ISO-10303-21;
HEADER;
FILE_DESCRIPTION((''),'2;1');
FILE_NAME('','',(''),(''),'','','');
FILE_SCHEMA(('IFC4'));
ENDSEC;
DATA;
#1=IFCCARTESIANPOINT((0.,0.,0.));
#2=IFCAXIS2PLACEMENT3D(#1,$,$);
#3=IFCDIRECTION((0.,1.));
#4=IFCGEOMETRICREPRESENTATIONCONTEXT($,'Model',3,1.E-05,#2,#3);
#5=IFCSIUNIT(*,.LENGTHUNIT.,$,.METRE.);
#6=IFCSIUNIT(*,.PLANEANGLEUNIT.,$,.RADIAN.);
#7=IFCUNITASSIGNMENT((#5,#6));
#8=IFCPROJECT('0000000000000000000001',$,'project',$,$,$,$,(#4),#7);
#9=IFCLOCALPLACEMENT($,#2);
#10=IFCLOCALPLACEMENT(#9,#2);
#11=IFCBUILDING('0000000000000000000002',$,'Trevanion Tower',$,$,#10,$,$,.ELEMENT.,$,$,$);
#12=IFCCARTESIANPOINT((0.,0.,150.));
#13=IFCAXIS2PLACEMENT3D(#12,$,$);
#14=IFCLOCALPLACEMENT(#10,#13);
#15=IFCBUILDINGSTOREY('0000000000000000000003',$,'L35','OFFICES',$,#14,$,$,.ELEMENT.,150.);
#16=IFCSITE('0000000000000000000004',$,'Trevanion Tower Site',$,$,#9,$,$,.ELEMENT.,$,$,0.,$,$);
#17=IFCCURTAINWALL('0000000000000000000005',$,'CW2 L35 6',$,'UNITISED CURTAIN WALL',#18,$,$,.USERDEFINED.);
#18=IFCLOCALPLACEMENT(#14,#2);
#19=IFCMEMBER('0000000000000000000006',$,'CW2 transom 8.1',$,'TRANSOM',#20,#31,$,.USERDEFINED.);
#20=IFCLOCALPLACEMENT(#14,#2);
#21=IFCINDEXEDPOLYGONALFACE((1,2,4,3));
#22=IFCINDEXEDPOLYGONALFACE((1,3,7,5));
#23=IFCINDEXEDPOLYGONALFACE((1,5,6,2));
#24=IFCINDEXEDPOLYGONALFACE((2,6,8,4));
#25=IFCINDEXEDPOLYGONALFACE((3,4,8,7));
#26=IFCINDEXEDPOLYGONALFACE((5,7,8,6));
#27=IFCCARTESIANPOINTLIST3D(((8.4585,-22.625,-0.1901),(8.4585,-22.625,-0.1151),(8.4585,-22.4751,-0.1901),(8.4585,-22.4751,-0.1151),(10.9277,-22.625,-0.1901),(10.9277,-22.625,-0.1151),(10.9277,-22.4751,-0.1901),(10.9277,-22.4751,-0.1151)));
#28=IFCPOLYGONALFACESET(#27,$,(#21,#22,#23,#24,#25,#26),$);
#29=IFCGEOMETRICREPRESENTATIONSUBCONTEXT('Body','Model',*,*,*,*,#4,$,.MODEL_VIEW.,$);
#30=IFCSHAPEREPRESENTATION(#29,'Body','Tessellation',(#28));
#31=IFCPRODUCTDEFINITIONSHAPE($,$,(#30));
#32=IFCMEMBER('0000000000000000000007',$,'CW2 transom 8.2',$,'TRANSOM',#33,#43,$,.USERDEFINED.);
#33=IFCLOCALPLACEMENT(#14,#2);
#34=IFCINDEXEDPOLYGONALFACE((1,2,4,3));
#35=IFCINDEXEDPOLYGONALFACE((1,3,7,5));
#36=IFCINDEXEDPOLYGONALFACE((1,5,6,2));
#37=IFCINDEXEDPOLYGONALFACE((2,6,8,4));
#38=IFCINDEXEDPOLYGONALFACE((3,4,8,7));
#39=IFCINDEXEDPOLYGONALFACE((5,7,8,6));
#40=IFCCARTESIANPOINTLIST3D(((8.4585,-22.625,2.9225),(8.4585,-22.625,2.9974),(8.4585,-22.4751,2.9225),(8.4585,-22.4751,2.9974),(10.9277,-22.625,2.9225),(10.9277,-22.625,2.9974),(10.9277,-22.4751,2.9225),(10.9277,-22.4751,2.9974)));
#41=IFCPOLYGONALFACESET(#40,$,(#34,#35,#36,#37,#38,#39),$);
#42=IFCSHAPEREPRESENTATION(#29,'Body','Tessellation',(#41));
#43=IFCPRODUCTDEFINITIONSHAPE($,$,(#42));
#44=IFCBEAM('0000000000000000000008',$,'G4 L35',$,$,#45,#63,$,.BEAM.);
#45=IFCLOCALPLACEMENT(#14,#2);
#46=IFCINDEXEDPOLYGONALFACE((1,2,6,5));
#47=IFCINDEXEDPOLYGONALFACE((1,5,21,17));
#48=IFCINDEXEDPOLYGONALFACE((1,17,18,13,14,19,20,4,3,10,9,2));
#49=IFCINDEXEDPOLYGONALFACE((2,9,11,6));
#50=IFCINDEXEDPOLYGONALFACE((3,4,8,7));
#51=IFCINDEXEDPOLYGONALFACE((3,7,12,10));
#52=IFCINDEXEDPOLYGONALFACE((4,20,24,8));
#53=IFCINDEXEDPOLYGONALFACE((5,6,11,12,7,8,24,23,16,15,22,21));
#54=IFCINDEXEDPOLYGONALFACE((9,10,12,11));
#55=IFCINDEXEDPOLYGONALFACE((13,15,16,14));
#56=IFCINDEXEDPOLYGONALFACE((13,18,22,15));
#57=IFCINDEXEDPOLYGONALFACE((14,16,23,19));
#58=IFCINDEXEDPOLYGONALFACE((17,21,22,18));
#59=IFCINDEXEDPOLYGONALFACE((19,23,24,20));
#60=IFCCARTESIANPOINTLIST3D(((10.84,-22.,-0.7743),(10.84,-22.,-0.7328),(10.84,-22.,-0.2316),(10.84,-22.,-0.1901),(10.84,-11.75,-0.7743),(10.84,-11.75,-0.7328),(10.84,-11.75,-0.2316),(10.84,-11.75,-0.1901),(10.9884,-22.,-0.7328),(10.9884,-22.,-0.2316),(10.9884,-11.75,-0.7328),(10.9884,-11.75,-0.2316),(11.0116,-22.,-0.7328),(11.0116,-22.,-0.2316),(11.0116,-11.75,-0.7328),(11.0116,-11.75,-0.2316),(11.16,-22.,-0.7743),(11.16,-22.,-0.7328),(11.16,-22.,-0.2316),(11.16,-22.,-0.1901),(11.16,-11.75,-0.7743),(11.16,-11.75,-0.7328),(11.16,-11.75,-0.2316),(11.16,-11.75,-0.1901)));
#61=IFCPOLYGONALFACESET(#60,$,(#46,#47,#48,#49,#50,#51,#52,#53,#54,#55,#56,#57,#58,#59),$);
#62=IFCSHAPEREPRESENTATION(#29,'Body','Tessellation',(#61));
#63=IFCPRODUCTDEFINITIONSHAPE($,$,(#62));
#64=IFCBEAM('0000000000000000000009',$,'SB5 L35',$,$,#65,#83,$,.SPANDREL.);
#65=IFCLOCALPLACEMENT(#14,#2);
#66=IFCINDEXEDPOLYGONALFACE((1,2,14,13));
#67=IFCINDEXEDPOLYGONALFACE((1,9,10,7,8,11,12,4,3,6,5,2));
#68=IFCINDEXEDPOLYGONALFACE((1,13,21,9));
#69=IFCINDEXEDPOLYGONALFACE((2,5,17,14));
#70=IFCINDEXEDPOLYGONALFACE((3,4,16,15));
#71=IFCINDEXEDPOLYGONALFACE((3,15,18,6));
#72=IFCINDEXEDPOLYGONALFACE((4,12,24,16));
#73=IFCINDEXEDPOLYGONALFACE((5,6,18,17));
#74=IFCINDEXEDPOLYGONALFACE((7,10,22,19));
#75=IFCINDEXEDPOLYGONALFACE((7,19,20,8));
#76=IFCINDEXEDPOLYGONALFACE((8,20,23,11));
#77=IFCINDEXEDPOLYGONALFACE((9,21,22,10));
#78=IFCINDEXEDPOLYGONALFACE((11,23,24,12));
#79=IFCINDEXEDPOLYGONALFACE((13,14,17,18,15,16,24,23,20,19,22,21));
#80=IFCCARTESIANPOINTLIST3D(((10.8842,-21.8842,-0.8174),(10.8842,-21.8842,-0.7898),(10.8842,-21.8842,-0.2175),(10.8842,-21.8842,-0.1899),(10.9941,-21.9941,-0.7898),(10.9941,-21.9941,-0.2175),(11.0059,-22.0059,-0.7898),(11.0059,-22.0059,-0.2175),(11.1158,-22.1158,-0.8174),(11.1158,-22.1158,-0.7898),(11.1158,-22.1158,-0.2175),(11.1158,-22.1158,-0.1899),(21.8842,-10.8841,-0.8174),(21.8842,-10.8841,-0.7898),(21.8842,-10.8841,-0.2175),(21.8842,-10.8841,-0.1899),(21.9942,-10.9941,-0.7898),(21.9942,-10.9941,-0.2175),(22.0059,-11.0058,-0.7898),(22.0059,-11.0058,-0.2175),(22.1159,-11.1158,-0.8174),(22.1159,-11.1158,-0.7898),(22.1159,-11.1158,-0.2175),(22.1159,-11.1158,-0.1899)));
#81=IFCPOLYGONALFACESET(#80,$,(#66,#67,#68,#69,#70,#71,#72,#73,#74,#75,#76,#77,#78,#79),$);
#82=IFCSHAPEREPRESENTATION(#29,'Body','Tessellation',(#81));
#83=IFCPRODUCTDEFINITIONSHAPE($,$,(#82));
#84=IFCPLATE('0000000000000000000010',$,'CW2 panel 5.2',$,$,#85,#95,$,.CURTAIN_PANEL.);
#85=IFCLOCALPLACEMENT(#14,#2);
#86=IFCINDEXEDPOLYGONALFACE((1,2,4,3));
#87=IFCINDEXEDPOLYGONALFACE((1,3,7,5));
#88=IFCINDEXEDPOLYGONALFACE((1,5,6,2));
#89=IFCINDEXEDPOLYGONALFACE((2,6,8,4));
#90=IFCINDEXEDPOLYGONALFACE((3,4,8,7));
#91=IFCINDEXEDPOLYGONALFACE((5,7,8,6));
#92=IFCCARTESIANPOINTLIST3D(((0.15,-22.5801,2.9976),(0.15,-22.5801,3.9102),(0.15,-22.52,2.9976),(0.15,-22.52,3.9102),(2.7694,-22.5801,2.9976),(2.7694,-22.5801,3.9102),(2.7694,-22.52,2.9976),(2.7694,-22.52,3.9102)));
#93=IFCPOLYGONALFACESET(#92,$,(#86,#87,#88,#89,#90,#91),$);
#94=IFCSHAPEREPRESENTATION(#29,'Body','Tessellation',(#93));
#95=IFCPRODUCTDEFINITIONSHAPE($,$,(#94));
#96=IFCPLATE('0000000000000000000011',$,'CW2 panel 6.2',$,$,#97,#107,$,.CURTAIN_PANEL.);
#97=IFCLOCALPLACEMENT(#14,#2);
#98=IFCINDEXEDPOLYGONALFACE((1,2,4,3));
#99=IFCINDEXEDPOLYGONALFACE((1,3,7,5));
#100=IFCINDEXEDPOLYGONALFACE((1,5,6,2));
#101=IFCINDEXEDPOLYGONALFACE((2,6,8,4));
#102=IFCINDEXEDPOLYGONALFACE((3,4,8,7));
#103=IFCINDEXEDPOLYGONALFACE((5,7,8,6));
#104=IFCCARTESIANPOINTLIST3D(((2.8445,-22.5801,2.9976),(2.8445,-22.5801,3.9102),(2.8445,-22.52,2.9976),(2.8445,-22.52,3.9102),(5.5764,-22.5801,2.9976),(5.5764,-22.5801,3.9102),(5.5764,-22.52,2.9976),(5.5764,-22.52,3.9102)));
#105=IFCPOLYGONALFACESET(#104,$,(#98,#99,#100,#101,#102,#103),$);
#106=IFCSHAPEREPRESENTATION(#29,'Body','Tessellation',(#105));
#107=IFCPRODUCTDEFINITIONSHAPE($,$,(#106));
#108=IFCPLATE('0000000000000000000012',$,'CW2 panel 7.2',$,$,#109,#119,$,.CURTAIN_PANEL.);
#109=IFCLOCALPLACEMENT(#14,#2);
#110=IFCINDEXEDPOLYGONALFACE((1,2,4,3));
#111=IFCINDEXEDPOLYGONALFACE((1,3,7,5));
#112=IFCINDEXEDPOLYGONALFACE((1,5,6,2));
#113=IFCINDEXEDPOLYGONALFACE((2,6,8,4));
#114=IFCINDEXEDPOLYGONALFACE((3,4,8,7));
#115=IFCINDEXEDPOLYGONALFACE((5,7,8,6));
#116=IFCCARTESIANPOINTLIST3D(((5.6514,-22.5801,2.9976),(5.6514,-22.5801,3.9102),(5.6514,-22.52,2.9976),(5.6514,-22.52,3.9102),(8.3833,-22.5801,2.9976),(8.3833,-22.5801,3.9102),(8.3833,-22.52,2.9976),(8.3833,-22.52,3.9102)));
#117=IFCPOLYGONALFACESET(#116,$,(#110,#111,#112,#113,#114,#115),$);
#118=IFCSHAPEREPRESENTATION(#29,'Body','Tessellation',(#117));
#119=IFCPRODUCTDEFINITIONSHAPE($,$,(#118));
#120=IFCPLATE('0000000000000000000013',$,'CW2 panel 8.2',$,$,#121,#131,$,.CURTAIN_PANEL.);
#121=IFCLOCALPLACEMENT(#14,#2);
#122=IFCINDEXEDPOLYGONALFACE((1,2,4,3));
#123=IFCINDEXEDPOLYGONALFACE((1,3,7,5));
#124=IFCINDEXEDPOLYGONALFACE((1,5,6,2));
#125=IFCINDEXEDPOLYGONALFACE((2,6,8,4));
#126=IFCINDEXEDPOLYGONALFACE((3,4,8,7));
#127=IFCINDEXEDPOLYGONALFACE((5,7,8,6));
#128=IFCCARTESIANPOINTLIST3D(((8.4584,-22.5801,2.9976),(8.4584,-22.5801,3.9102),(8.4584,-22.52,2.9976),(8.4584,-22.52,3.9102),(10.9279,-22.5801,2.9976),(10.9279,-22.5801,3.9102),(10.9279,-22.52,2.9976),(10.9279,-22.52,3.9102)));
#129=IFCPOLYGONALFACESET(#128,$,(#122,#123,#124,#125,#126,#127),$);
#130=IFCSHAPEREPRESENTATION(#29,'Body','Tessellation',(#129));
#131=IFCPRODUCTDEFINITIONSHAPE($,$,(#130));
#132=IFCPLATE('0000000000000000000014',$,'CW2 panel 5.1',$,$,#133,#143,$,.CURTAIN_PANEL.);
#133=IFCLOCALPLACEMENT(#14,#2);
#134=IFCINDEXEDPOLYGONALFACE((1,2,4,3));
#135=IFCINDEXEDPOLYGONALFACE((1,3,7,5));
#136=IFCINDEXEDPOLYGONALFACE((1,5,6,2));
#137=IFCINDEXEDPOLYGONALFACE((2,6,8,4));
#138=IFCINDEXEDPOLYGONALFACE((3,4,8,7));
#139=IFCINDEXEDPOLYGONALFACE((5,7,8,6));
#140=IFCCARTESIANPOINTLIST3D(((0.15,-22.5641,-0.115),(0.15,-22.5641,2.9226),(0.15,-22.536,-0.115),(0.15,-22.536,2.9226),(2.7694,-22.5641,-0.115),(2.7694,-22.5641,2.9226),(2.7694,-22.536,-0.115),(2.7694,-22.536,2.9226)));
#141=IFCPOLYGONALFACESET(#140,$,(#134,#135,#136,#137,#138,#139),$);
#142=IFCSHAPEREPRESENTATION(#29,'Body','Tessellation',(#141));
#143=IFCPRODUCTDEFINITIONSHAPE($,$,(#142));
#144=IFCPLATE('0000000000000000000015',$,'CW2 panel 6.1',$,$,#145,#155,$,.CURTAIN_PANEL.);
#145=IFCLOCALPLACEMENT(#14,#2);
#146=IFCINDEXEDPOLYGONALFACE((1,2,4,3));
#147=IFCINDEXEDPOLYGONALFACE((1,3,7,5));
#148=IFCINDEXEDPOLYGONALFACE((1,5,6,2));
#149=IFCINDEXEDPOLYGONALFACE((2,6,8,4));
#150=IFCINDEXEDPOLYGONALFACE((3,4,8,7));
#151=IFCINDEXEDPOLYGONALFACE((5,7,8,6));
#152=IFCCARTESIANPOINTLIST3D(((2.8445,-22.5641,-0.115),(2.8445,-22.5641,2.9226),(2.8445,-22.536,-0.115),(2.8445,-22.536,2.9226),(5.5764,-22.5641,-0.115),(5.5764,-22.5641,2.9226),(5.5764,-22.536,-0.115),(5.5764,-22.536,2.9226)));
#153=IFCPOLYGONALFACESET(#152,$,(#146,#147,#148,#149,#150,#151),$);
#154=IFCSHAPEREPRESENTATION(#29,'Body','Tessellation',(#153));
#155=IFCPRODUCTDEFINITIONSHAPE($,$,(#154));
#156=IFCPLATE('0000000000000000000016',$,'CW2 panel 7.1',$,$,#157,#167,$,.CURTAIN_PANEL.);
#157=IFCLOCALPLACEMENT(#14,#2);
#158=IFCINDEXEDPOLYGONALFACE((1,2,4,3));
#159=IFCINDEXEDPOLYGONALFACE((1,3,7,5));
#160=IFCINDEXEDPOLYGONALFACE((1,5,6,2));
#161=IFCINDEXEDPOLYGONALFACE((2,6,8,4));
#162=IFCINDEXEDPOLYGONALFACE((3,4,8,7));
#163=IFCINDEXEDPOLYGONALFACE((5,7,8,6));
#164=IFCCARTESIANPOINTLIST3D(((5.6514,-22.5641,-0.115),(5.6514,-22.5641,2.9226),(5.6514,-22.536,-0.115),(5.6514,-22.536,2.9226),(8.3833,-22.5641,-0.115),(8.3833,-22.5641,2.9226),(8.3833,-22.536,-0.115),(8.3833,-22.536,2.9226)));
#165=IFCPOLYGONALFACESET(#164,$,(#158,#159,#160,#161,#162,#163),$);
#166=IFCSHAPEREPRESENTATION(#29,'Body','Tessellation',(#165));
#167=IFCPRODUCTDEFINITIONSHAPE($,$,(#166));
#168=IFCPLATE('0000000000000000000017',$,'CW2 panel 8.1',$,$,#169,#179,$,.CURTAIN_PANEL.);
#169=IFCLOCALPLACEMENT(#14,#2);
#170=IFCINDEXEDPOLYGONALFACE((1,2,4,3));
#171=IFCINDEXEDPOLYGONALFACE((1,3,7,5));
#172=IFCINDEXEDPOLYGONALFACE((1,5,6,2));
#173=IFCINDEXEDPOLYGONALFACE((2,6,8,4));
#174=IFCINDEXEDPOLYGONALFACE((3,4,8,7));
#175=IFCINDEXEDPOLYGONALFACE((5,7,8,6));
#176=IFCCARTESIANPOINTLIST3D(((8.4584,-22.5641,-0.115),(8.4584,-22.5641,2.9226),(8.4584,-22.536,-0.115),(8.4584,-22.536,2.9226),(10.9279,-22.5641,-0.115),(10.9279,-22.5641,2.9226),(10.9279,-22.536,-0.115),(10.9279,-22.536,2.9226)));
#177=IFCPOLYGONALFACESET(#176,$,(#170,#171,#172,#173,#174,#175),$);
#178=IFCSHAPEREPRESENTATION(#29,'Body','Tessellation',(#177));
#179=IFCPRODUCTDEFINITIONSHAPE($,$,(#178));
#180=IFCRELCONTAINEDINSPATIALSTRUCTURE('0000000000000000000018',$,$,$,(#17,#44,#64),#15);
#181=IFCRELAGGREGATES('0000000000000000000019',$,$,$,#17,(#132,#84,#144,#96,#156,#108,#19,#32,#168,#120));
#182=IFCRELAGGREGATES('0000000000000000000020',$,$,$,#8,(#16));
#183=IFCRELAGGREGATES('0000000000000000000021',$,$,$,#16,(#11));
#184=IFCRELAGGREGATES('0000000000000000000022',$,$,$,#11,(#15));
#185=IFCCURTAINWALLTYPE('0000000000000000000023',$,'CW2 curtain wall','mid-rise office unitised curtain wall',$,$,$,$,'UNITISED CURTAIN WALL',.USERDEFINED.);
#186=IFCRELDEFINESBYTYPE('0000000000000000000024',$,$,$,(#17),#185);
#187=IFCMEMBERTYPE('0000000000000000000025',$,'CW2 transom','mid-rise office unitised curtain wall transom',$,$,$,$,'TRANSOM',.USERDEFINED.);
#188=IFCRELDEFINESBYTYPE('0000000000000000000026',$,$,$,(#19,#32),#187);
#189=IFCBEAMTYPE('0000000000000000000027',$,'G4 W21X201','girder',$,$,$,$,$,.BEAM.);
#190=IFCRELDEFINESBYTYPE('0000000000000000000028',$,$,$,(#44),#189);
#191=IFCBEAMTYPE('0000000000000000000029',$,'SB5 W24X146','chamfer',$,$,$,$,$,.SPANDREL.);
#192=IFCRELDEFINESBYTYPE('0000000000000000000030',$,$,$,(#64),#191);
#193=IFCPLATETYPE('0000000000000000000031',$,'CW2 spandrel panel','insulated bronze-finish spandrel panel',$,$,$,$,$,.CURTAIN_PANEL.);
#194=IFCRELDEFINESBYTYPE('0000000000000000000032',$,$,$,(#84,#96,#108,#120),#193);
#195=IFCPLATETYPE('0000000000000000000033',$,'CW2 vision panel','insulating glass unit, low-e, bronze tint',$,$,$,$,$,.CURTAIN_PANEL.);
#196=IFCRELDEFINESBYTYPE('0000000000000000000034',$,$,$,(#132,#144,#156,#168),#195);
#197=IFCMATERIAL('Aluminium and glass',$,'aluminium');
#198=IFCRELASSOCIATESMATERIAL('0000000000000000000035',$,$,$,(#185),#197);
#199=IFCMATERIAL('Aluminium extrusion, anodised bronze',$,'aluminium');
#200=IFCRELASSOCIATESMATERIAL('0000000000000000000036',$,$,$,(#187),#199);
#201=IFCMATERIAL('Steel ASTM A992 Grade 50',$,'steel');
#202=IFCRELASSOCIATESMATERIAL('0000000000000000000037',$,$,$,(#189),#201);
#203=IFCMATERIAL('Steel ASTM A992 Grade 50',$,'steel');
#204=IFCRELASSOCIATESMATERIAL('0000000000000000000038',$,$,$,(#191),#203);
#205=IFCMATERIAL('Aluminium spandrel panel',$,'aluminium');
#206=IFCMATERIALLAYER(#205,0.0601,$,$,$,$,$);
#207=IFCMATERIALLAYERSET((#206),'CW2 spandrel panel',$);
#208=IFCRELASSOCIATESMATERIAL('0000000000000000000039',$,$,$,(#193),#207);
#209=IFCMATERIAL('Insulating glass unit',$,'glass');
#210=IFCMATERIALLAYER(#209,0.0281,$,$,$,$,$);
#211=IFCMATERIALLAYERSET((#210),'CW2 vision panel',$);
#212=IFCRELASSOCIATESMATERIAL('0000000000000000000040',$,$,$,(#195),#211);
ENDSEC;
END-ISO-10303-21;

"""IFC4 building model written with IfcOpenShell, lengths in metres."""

from ifc_helpers import new_model, si_unit, direction, frame, origin, origin_2d, place, context, subcontext, project, spatial, rectangle, i_section, extrude, material, layer, layer_set, material_profile, profile_set, type_object, element, aggregate, save


model = new_model("IFC4")

# Units and contexts
model_context = context("Model", 3, precision=1e-05, world=origin(), true_north=direction((0.0, 1.0)))
body_context = subcontext(model_context, "Body", "Model", "MODEL_VIEW")
ifc_project = project(units=[si_unit("LENGTHUNIT", "METRE"), si_unit("PLANEANGLEUNIT", "RADIAN")], contexts=[model_context])

# Site, building, storey
site_placement = place(None, origin())
site = spatial("IfcSite", under=ifc_project, at=site_placement, Name="Trevanion Tower Site", CompositionType="ELEMENT", RefElevation=0.0)
building_placement = place(site_placement, origin())
building = spatial("IfcBuilding", under=site, at=building_placement, Name="Trevanion Tower", CompositionType="ELEMENT")
storey_placement = place(building_placement, frame((0.0, 0.0, 150.0)))
storey = spatial("IfcBuildingStorey", under=building, at=storey_placement, Name="L35", Description="OFFICES", CompositionType="ELEMENT", Elevation=150.0)

# Curtain wall, members
ifc_material_1 = material(Name="Aluminium and glass", Category="aluminium")
curtain_wall_type = type_object("IfcCurtainWallType", Name="CW2 curtain wall", Description="mid-rise office unitised curtain wall", ElementType="UNITISED CURTAIN WALL", PredefinedType="USERDEFINED", material=ifc_material_1)
curtain_wall_placement = place(storey_placement, origin())
curtain_wall = element("IfcCurtainWall", 1, at=curtain_wall_placement, inside=storey, type_object=curtain_wall_type, Name="CW2 L35 6", ObjectType="UNITISED CURTAIN WALL", PredefinedType="USERDEFINED")
ifc_material_2 = material(Name="Aluminium extrusion, anodised bronze", Category="aluminium")
ifc_material_profile_1 = material_profile(ifc_material_2, rectangle(XDim=0.1499, YDim=0.075, at=origin_2d()), Name="CW2 transom")
ifc_profile_set_1 = profile_set([ifc_material_profile_1], Name="Aluminium extrusion, anodised bronze")
member_type_1 = type_object("IfcMemberType", Name="CW2 transom", Description="mid-rise office unitised curtain wall transom", ElementType="TRANSOM", PredefinedType="USERDEFINED", material=ifc_profile_set_1)
member_1_placement = place(storey_placement, frame((8.4585, -22.55, -0.1526), z_axis=(1.0, 0.0, 0.0), x_axis=(0.0, 1.0, 0.0)))
member_1 = element("IfcMember", 2, at=member_1_placement, type_object=member_type_1, Name="CW2 transom 8.1", ObjectType="TRANSOM", PredefinedType="USERDEFINED", context=body_context, shape_type="SweptSolid", body=[
    extrude(rectangle(XDim=0.1499, YDim=0.075, at=origin_2d()), origin(), (0.0, 0.0, 1.0), 2.4692),
])
member_2_placement = place(storey_placement, frame((8.4585, -22.55, 2.96), z_axis=(1.0, 0.0, 0.0), x_axis=(0.0, 1.0, 0.0)))
member_2 = element("IfcMember", 3, at=member_2_placement, type_object=member_type_1, Name="CW2 transom 8.2", ObjectType="TRANSOM", PredefinedType="USERDEFINED", context=body_context, shape_type="SweptSolid", body=[
    extrude(rectangle(XDim=0.1499, YDim=0.075, at=origin_2d()), origin(), (0.0, 0.0, 1.0), 2.4692),
])

# Beams
ifc_material_3 = material(Name="Steel ASTM A992 Grade 50", Category="steel")
ifc_material_profile_2 = material_profile(ifc_material_3, i_section(OverallWidth=0.3201, OverallDepth=0.5842, WebThickness=0.0232, FlangeThickness=0.0415, at=origin_2d()), Name="W21X201")
ifc_profile_set_2 = profile_set([ifc_material_profile_2], Name="Steel ASTM A992 Grade 50")
beam_type_1 = type_object("IfcBeamType", Name="G4 W21X201", Description="girder", PredefinedType="BEAM", material=ifc_profile_set_2)
beam_1_placement = place(storey_placement, frame((11.0, -11.75, -0.4822), z_axis=(0.0, -1.0, 0.0), x_axis=(1.0, 0.0, 0.0)))
element("IfcBeam", 4, at=beam_1_placement, inside=storey, type_object=beam_type_1, Name="G4 L35", PredefinedType="BEAM", context=body_context, shape_type="SweptSolid", body=[
    extrude(i_section(OverallWidth=0.3201, OverallDepth=0.5842, WebThickness=0.0232, FlangeThickness=0.0415, at=origin_2d()), origin(), (0.0, 0.0, 1.0), 10.25),
])
ifc_material_4 = material(Name="Steel ASTM A992 Grade 50", Category="steel")
ifc_material_profile_3 = material_profile(ifc_material_4, i_section(OverallWidth=0.3276, OverallDepth=0.6274, WebThickness=0.0166, FlangeThickness=0.0276, at=origin_2d()), Name="W24X146")
ifc_profile_set_3 = profile_set([ifc_material_profile_3], Name="Steel ASTM A992 Grade 50")
beam_type_2 = type_object("IfcBeamType", Name="SB5 W24X146", Description="chamfer", PredefinedType="SPANDREL", material=ifc_profile_set_3)
beam_2_placement = place(storey_placement, frame((11.0, -22.0, -0.5037), z_axis=(0.707107, 0.707107, 0.0), x_axis=(-0.707107, 0.707107, 0.0)))
element("IfcBeam", 5, at=beam_2_placement, inside=storey, type_object=beam_type_2, Name="SB5 L35", PredefinedType="SPANDREL", context=body_context, shape_type="SweptSolid", body=[
    extrude(i_section(OverallWidth=0.3276, OverallDepth=0.6274, WebThickness=0.0166, FlangeThickness=0.0276, at=origin_2d()), origin(), (0.0, 0.0, 1.0), 15.5564),
])

# Plates
ifc_material_5 = material(Name="Aluminium spandrel panel", Category="aluminium")
ifc_layer_1 = layer(ifc_material_5, 0.0601)
ifc_layer_set_1 = layer_set([ifc_layer_1], Name="CW2 spandrel panel")
plate_type_1 = type_object("IfcPlateType", Name="CW2 spandrel panel", Description="insulated bronze-finish spandrel panel", PredefinedType="CURTAIN_PANEL", material=ifc_layer_set_1)
plate_1_placement = place(storey_placement, frame((1.4597, -22.55, 2.9976), z_axis=(0.0, 0.0, 1.0), x_axis=(1.0, 0.0, 0.0)))
plate_1 = element("IfcPlate", 6, at=plate_1_placement, type_object=plate_type_1, Name="CW2 panel 5.2", PredefinedType="CURTAIN_PANEL", context=body_context, shape_type="SweptSolid", body=[
    extrude(rectangle(XDim=2.6194, YDim=0.0601, at=origin_2d()), origin(), (0.0, 0.0, 1.0), 0.9126),
])
plate_2_placement = place(storey_placement, frame((4.2104, -22.55, 2.9976), z_axis=(0.0, 0.0, 1.0), x_axis=(1.0, 0.0, 0.0)))
plate_2 = element("IfcPlate", 7, at=plate_2_placement, type_object=plate_type_1, Name="CW2 panel 6.2", PredefinedType="CURTAIN_PANEL", context=body_context, shape_type="SweptSolid", body=[
    extrude(rectangle(XDim=2.7319, YDim=0.0601, at=origin_2d()), origin(), (0.0, 0.0, 1.0), 0.9126),
])
plate_3_placement = place(storey_placement, frame((7.0173, -22.55, 2.9976), z_axis=(0.0, 0.0, 1.0), x_axis=(1.0, 0.0, 0.0)))
plate_3 = element("IfcPlate", 8, at=plate_3_placement, type_object=plate_type_1, Name="CW2 panel 7.2", PredefinedType="CURTAIN_PANEL", context=body_context, shape_type="SweptSolid", body=[
    extrude(rectangle(XDim=2.7319, YDim=0.0601, at=origin_2d()), origin(), (0.0, 0.0, 1.0), 0.9126),
])
plate_4_placement = place(storey_placement, frame((9.6931, -22.55, 2.9976), z_axis=(0.0, 0.0, 1.0), x_axis=(1.0, 0.0, 0.0)))
plate_4 = element("IfcPlate", 9, at=plate_4_placement, type_object=plate_type_1, Name="CW2 panel 8.2", PredefinedType="CURTAIN_PANEL", context=body_context, shape_type="SweptSolid", body=[
    extrude(rectangle(XDim=2.4695, YDim=0.0601, at=origin_2d()), origin(), (0.0, 0.0, 1.0), 0.9126),
])
ifc_material_6 = material(Name="Insulating glass unit", Category="glass")
ifc_layer_2 = layer(ifc_material_6, 0.0281)
ifc_layer_set_2 = layer_set([ifc_layer_2], Name="CW2 vision panel")
plate_type_2 = type_object("IfcPlateType", Name="CW2 vision panel", Description="insulating glass unit, low-e, bronze tint", PredefinedType="CURTAIN_PANEL", material=ifc_layer_set_2)
plate_5_placement = place(storey_placement, frame((1.4597, -22.55, -0.115), z_axis=(0.0, 0.0, 1.0), x_axis=(1.0, 0.0, 0.0)))
plate_5 = element("IfcPlate", 10, at=plate_5_placement, type_object=plate_type_2, Name="CW2 panel 5.1", PredefinedType="CURTAIN_PANEL", context=body_context, shape_type="SweptSolid", body=[
    extrude(rectangle(XDim=2.6194, YDim=0.0281, at=origin_2d()), origin(), (0.0, 0.0, 1.0), 3.0376),
])
plate_6_placement = place(storey_placement, frame((4.2104, -22.55, -0.115), z_axis=(0.0, 0.0, 1.0), x_axis=(1.0, 0.0, 0.0)))
plate_6 = element("IfcPlate", 11, at=plate_6_placement, type_object=plate_type_2, Name="CW2 panel 6.1", PredefinedType="CURTAIN_PANEL", context=body_context, shape_type="SweptSolid", body=[
    extrude(rectangle(XDim=2.7319, YDim=0.0281, at=origin_2d()), origin(), (0.0, 0.0, 1.0), 3.0376),
])
plate_7_placement = place(storey_placement, frame((7.0173, -22.55, -0.115), z_axis=(0.0, 0.0, 1.0), x_axis=(1.0, 0.0, 0.0)))
plate_7 = element("IfcPlate", 12, at=plate_7_placement, type_object=plate_type_2, Name="CW2 panel 7.1", PredefinedType="CURTAIN_PANEL", context=body_context, shape_type="SweptSolid", body=[
    extrude(rectangle(XDim=2.7319, YDim=0.0281, at=origin_2d()), origin(), (0.0, 0.0, 1.0), 3.0376),
])
plate_8_placement = place(storey_placement, frame((9.6931, -22.55, -0.115), z_axis=(0.0, 0.0, 1.0), x_axis=(1.0, 0.0, 0.0)))
plate_8 = element("IfcPlate", 13, at=plate_8_placement, type_object=plate_type_2, Name="CW2 panel 8.1", PredefinedType="CURTAIN_PANEL", context=body_context, shape_type="SweptSolid", body=[
    extrude(rectangle(XDim=2.4695, YDim=0.0281, at=origin_2d()), origin(), (0.0, 0.0, 1.0), 3.0376),
])
aggregate(curtain_wall, [plate_5, plate_1, plate_6, plate_2, plate_7, plate_3, member_1, member_2, plate_8, plate_4])

save(model, "model.ifc")
